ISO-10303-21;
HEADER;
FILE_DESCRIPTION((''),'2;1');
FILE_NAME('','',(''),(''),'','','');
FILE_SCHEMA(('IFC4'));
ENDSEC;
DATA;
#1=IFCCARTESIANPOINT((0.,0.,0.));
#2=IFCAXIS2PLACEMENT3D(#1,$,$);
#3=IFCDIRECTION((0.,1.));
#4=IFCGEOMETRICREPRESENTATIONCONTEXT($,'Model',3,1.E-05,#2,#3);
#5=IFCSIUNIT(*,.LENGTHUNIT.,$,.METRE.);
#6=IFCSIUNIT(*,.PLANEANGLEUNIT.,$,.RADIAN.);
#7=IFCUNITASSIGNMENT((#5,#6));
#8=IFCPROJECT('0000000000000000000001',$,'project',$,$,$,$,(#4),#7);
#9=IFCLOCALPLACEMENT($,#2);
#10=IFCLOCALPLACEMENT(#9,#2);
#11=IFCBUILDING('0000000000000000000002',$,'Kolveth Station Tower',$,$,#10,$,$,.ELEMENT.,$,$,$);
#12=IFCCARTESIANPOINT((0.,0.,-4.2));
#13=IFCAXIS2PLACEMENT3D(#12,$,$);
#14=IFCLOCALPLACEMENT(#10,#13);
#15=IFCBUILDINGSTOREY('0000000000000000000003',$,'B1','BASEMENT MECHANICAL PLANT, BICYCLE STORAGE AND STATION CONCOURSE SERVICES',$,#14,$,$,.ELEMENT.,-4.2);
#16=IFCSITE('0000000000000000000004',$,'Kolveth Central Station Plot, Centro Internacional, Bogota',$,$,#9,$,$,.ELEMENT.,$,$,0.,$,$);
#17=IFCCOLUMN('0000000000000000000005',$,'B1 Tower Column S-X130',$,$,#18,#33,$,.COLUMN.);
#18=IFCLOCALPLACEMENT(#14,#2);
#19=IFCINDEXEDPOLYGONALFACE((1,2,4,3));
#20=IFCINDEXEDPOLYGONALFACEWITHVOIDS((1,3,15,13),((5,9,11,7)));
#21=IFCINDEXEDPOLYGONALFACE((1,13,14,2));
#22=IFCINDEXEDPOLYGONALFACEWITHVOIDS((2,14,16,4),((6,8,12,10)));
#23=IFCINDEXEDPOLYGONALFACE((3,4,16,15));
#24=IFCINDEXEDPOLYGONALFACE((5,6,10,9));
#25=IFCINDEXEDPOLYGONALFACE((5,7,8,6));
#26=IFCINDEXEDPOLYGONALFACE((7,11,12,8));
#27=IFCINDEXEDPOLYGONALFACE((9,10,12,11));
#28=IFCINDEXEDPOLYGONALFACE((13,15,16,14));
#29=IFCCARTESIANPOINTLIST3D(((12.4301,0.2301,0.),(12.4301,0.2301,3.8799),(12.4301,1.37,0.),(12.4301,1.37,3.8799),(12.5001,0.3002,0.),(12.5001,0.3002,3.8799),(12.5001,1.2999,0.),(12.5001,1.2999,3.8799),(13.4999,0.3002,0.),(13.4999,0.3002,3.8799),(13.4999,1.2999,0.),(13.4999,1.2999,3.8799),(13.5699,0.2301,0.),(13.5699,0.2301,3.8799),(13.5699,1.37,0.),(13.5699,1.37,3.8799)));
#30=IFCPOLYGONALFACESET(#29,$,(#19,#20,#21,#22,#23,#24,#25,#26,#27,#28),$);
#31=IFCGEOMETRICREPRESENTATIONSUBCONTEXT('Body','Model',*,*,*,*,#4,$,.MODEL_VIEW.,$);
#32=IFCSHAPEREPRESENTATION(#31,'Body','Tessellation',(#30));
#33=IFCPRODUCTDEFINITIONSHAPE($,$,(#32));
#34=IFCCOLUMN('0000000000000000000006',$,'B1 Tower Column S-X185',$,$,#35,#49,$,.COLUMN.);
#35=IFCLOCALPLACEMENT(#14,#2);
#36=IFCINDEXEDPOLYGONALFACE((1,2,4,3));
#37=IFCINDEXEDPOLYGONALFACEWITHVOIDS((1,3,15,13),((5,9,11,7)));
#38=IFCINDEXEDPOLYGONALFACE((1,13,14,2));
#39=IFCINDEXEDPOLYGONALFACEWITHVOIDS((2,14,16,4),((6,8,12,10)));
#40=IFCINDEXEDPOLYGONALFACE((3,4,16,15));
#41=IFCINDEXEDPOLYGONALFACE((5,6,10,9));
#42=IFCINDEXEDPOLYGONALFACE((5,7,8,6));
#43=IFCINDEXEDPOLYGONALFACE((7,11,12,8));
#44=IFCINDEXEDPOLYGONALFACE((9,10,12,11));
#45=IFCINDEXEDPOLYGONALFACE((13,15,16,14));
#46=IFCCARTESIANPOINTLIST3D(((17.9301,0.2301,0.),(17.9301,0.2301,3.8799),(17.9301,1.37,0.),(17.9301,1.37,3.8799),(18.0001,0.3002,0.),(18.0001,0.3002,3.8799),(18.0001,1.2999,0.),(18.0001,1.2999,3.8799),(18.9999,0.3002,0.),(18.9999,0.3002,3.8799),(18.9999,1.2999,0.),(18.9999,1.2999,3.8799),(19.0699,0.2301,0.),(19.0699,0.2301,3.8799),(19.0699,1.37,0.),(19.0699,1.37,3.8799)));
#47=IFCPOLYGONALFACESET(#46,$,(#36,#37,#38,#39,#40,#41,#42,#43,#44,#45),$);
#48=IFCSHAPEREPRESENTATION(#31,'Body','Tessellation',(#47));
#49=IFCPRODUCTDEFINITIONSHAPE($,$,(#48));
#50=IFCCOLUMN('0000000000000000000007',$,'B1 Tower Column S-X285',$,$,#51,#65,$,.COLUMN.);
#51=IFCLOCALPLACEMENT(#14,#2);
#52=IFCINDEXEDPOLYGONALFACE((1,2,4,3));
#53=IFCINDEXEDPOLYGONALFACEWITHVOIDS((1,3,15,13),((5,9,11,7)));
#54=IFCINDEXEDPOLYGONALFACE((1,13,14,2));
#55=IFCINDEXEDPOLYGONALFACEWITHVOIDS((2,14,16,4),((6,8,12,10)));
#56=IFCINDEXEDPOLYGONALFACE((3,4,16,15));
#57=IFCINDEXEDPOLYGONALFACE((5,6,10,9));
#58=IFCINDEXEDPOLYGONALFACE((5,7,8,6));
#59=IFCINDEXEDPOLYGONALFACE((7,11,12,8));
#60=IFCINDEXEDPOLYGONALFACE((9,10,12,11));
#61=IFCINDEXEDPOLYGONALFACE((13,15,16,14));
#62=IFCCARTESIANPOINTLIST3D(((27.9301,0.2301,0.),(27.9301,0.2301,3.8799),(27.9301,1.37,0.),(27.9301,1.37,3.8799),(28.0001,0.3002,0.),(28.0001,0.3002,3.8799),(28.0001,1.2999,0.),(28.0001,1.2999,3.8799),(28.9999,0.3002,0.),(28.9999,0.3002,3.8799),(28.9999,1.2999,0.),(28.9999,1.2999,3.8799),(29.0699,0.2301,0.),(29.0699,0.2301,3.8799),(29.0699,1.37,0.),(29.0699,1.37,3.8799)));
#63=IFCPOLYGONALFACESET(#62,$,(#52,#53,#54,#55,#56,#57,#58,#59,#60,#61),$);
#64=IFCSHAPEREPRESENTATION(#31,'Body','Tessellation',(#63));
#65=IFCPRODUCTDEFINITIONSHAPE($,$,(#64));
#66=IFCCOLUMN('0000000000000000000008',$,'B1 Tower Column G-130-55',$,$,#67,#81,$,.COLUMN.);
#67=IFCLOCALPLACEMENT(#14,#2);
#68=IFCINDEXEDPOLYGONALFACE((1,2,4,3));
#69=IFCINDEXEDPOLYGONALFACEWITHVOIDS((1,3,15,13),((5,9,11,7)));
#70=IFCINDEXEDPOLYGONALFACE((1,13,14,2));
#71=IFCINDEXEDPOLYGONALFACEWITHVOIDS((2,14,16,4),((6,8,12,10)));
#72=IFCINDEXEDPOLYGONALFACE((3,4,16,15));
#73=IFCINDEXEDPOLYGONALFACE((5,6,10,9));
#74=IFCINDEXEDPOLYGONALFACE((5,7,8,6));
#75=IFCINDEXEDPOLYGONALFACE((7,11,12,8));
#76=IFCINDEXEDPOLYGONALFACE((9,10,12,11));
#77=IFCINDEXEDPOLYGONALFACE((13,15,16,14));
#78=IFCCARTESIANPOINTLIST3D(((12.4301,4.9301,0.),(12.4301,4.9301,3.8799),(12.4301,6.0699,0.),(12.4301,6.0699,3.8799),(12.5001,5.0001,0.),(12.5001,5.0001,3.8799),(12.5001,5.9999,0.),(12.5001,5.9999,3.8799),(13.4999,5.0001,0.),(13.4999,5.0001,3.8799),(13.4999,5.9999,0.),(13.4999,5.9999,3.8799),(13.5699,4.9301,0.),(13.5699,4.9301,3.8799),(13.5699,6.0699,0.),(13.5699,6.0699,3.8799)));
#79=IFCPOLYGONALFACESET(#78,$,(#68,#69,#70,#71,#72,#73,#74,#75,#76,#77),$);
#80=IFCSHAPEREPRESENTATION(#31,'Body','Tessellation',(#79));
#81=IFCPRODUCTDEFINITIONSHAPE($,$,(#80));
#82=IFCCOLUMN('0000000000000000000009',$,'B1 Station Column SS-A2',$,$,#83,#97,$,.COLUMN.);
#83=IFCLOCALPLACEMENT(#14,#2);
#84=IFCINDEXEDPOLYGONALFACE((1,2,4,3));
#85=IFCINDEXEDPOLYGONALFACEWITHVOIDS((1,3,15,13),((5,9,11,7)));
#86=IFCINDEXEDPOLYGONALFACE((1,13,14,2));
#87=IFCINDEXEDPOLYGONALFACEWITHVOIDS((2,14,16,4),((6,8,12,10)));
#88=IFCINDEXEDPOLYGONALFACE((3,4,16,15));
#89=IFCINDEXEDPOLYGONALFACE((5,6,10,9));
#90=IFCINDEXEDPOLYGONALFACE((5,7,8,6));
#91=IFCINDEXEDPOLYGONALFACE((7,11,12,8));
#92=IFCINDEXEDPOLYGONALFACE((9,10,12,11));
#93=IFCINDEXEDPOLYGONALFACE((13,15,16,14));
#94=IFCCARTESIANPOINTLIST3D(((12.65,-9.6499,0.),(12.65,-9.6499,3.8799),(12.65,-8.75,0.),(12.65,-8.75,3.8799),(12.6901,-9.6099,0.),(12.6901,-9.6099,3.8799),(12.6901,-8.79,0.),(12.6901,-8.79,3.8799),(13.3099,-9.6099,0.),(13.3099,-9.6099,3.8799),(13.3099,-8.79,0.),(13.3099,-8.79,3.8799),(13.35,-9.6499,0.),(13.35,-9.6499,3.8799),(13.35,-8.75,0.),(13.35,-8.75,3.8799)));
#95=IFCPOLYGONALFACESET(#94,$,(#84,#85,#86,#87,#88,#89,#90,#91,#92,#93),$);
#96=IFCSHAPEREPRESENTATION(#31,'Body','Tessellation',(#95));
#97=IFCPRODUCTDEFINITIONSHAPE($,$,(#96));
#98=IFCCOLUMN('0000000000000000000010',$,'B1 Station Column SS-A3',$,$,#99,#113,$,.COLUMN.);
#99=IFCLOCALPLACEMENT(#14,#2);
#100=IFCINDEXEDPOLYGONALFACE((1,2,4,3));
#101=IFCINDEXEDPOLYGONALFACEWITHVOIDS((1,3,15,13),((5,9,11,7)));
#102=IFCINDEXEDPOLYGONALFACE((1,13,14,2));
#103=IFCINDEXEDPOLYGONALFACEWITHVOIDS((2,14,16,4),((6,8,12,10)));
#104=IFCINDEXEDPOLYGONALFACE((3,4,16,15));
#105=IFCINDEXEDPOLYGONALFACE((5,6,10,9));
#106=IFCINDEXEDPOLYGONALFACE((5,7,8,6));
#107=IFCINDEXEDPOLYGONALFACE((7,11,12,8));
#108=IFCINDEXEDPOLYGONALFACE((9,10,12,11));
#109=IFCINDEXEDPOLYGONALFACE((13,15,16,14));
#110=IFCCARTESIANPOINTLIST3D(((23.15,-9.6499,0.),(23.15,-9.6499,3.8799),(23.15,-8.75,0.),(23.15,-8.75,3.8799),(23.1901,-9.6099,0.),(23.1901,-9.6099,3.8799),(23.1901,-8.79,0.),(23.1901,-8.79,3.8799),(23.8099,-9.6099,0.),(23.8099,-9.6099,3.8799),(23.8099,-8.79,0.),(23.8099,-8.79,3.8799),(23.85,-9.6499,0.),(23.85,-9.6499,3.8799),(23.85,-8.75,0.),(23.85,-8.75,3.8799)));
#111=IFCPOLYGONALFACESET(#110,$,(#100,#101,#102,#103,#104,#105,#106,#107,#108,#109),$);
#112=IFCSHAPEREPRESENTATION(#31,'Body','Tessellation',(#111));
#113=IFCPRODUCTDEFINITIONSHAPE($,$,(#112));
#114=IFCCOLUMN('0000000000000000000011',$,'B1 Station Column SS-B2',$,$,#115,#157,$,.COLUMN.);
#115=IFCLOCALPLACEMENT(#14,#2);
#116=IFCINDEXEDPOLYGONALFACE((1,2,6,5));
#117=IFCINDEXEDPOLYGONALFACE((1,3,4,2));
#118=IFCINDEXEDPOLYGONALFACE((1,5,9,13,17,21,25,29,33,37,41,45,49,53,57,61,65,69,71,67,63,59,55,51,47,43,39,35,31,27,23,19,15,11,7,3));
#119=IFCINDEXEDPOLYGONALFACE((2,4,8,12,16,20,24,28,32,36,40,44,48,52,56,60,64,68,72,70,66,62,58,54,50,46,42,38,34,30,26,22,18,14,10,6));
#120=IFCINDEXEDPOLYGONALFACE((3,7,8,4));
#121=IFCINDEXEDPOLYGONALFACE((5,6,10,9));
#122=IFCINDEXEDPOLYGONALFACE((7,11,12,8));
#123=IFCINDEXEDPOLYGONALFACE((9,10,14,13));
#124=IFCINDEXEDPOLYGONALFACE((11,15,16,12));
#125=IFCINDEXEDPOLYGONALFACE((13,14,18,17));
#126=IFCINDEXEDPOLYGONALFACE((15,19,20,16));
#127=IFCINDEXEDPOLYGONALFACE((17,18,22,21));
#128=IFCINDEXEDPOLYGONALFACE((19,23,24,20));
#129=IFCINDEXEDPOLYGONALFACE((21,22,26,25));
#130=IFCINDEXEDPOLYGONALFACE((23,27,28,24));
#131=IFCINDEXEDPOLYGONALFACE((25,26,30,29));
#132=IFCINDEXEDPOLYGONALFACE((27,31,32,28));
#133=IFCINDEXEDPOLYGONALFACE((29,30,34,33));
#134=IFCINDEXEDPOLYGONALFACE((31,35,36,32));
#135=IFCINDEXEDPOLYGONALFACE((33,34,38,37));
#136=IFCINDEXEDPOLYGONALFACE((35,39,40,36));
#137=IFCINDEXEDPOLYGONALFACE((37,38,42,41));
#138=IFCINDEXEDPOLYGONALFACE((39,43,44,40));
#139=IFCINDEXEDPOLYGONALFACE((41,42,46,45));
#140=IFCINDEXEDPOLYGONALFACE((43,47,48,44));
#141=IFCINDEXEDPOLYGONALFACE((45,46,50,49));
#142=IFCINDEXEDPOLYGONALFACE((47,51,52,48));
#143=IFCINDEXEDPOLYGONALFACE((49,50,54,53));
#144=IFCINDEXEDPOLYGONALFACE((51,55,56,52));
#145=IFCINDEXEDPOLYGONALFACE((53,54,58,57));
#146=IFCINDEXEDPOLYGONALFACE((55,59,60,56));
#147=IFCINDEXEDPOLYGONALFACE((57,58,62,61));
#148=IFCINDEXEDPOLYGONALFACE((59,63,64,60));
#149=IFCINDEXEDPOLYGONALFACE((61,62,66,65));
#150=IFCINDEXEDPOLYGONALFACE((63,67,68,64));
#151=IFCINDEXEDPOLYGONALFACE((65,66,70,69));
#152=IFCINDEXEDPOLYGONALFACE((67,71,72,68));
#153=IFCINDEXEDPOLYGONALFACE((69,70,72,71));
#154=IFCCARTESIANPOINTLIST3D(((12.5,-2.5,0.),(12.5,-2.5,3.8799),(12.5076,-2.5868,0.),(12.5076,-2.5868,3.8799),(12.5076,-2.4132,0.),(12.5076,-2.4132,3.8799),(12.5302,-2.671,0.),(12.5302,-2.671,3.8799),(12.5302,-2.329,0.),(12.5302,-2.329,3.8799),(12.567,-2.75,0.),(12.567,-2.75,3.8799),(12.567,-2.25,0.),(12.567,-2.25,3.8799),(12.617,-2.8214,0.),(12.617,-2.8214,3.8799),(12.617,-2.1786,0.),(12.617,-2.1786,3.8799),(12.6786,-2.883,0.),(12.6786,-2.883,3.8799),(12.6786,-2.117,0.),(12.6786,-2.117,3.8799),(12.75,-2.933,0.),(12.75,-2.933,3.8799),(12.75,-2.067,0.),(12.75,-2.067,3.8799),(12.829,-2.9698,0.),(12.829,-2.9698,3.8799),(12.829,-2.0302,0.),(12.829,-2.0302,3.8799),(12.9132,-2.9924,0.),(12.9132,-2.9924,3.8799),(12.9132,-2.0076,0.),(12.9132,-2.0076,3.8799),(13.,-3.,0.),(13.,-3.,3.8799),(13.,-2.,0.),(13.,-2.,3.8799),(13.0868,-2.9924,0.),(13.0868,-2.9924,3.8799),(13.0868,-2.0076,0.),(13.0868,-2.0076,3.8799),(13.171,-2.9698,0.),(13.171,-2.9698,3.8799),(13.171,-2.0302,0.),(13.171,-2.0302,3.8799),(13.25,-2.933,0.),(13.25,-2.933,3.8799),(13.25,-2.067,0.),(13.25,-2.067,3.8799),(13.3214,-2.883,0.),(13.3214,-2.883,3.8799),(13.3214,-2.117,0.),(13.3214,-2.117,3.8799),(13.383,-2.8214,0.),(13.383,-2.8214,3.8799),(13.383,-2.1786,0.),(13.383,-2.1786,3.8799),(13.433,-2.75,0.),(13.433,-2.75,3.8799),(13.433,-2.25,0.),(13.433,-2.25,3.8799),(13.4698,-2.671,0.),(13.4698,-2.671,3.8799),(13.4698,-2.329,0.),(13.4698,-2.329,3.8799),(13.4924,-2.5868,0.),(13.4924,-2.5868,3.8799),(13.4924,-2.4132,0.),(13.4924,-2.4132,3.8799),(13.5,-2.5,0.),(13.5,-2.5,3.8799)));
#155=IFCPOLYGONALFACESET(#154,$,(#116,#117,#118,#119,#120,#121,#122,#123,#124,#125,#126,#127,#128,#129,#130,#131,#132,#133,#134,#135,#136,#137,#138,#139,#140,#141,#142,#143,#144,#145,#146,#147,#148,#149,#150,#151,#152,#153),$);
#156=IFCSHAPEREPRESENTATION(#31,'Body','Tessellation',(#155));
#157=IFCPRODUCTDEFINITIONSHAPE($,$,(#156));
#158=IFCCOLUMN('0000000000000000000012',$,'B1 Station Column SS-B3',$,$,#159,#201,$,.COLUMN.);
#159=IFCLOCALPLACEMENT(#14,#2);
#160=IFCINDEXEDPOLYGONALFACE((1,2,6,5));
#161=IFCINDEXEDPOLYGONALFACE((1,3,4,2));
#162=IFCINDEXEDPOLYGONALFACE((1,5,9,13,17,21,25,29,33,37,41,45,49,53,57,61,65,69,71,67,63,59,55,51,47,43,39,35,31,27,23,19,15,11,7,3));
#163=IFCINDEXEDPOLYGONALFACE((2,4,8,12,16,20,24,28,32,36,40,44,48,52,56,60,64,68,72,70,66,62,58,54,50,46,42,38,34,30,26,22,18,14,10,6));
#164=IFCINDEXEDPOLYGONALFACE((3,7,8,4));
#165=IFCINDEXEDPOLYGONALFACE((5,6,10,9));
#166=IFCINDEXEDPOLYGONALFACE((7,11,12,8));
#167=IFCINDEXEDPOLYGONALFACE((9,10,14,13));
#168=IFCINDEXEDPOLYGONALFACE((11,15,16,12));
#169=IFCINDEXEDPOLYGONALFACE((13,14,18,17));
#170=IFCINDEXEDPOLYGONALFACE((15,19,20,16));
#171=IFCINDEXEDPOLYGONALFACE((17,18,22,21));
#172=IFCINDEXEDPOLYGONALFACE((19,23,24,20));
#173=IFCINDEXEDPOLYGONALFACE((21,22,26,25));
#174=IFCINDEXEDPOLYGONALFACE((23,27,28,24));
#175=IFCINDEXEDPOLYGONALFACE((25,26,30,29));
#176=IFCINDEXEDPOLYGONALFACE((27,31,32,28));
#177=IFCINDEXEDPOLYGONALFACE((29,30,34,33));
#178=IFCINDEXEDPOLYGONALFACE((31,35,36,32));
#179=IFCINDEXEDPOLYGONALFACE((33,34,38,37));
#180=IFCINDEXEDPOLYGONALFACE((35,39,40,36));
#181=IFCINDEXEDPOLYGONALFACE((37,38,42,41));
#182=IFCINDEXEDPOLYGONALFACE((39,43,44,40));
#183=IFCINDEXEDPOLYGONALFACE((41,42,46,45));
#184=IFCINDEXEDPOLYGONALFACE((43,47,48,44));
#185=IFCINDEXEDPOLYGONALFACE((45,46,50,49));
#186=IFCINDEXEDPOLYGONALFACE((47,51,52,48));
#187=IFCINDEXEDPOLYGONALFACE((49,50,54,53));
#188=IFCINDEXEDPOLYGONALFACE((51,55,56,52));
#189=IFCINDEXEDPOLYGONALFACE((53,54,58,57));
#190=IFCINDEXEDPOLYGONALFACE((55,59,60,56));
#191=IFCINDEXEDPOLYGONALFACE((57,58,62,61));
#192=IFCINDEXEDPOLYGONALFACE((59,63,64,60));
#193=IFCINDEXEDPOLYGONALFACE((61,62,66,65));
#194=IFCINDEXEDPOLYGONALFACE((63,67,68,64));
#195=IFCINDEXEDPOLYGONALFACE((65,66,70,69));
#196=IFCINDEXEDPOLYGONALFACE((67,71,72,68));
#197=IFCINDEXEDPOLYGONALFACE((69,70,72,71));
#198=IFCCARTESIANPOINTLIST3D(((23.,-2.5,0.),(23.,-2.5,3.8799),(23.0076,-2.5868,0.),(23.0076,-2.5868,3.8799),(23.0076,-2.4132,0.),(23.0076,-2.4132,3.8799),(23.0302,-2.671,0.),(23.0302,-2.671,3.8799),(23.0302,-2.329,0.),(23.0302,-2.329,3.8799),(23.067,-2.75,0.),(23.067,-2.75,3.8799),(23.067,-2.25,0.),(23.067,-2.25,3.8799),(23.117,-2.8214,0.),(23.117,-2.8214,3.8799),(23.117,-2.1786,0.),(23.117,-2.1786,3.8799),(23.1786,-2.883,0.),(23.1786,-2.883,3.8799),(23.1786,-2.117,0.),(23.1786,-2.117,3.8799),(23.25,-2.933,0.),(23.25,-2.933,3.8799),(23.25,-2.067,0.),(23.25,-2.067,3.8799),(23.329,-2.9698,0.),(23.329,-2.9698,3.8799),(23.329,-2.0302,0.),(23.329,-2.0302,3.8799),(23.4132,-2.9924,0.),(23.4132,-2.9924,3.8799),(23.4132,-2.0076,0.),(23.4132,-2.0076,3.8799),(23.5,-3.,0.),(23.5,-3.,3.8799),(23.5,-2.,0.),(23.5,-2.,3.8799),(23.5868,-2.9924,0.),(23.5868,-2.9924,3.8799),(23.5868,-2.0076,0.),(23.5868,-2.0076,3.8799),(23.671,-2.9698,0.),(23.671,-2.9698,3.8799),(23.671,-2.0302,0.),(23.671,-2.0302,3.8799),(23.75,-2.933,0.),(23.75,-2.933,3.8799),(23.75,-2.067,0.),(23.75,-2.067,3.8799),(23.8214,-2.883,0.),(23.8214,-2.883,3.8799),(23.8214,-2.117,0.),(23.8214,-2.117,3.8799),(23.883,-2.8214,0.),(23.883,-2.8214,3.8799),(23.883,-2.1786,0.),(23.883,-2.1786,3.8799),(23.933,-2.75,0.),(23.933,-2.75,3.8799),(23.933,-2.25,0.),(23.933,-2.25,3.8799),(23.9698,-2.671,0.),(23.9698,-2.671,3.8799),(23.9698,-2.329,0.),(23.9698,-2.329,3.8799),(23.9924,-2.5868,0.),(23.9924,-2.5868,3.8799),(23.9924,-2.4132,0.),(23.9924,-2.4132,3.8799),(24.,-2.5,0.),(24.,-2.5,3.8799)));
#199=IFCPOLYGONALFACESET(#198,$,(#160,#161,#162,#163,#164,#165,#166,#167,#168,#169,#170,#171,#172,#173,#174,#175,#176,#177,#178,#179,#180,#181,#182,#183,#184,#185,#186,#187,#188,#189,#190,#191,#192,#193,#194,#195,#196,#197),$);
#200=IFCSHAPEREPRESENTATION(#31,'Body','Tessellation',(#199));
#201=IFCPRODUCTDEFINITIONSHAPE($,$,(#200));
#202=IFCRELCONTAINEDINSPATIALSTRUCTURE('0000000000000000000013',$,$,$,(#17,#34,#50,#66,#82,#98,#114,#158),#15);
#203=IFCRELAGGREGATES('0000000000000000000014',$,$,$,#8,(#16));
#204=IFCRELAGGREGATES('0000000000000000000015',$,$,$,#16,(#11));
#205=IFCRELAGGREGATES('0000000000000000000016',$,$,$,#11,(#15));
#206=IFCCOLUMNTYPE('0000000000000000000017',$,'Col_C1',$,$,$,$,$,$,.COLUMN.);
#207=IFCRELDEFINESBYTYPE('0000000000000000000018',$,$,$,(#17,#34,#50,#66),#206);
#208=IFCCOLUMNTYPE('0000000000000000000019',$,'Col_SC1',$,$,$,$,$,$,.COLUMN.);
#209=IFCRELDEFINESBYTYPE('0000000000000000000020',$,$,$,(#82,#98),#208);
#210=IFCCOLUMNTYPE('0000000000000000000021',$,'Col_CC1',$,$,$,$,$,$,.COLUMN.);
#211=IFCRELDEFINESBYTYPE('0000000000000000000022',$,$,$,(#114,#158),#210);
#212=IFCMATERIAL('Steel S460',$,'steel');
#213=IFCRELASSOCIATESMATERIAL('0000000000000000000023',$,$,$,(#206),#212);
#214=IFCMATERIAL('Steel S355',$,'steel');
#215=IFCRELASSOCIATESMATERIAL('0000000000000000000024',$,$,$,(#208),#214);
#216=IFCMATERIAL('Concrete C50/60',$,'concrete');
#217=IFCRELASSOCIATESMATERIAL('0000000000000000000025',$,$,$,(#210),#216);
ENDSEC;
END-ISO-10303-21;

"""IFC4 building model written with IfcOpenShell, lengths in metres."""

from ifc_helpers import new_model, si_unit, direction, frame, origin, origin_2d, place, context, subcontext, project, spatial, hollow_rectangle, circle, extrude, source, transform, mapped, material, material_profile, profile_set, type_object, element, save


model = new_model("IFC4")

# Units and contexts
model_context = context("Model", 3, precision=1e-05, world=origin(), true_north=direction((0.0, 1.0)))
body_context = subcontext(model_context, "Body", "Model", "MODEL_VIEW")
ifc_project = project(units=[si_unit("LENGTHUNIT", "METRE"), si_unit("PLANEANGLEUNIT", "RADIAN")], contexts=[model_context])

# Site, building, storey
site_placement = place(None, origin())
site = spatial("IfcSite", under=ifc_project, at=site_placement, Name="Kolveth Central Station Plot, Centro Internacional, Bogota", CompositionType="ELEMENT", RefElevation=0.0)
building_placement = place(site_placement, origin())
building = spatial("IfcBuilding", under=site, at=building_placement, Name="Kolveth Station Tower", CompositionType="ELEMENT")
storey_placement = place(building_placement, frame((0.0, 0.0, -4.2)))
storey = spatial("IfcBuildingStorey", under=building, at=storey_placement, Name="B1", Description="BASEMENT MECHANICAL PLANT, BICYCLE STORAGE AND STATION CONCOURSE SERVICES", CompositionType="ELEMENT", Elevation=-4.2)

# Columns
ifc_material_1 = material(Name="Steel S460", Category="steel")
ifc_material_profile_1 = material_profile(ifc_material_1, hollow_rectangle(XDim=1.1399, YDim=1.1399, WallThickness=0.0701, at=origin_2d()), Name="BOX1140x1140x70")
ifc_profile_set_1 = profile_set([ifc_material_profile_1], Name="Steel S460")
column_type_1 = type_object("IfcColumnType", Name="Col_C1", PredefinedType="COLUMN", material=ifc_profile_set_1)
shared_shape_1 = source(origin(), body_context, "Body", "SweptSolid", [
    extrude(hollow_rectangle(XDim=1.1399, YDim=1.1399, WallThickness=0.0701, at=origin_2d()), origin(), (0.0, 0.0, 1.0), 3.8799),
])
for number, where, z_axis, x_axis, name in (
    (1, (13.0, 0.8, 0.0), (0.0, 0.0, 1.0), (1.0, 0.0, 0.0), "B1 Tower Column S-X130"),
    (2, (18.5, 0.8, 0.0), (0.0, 0.0, 1.0), (1.0, 0.0, 0.0), "B1 Tower Column S-X185"),
    (3, (28.5, 0.8, 0.0), (0.0, 0.0, 1.0), (1.0, 0.0, 0.0), "B1 Tower Column S-X285"),
    (4, (13.0, 5.5, 0.0), (0.0, 0.0, 1.0), (1.0, 0.0, 0.0), "B1 Tower Column G-130-55"),
):
    element("IfcColumn", number, at=place(storey_placement, frame(where, z_axis=z_axis, x_axis=x_axis)), inside=storey, type_object=column_type_1, Name=name, PredefinedType="COLUMN", context=body_context, shape_type="MappedRepresentation", body=[
        mapped(shared_shape_1, transform((0.0, 0.0, 0.0), x_axis=(1.0, 0.0, 0.0), y_axis=(0.0, 1.0, 0.0), z_axis=(0.0, 0.0, 1.0), scale=1.0)),
    ])
ifc_material_2 = material(Name="Steel S355", Category="steel")
ifc_material_profile_2 = material_profile(ifc_material_2, hollow_rectangle(XDim=0.7, YDim=0.8999, WallThickness=0.04, at=origin_2d()), Name="BOX900x700x40")
ifc_profile_set_2 = profile_set([ifc_material_profile_2], Name="Steel S355")
column_type_2 = type_object("IfcColumnType", Name="Col_SC1", PredefinedType="COLUMN", material=ifc_profile_set_2)
shared_shape_2 = source(origin(), body_context, "Body", "SweptSolid", [
    extrude(hollow_rectangle(XDim=0.7, YDim=0.8999, WallThickness=0.04, at=origin_2d()), origin(), (0.0, 0.0, 1.0), 3.8799),
])
for number, where, z_axis, x_axis, name in (
    (5, (13.0, -9.2, 0.0), (0.0, 0.0, 1.0), (1.0, 0.0, 0.0), "B1 Station Column SS-A2"),
    (6, (23.5, -9.2, 0.0), (0.0, 0.0, 1.0), (1.0, 0.0, 0.0), "B1 Station Column SS-A3"),
):
    element("IfcColumn", number, at=place(storey_placement, frame(where, z_axis=z_axis, x_axis=x_axis)), inside=storey, type_object=column_type_2, Name=name, PredefinedType="COLUMN", context=body_context, shape_type="MappedRepresentation", body=[
        mapped(shared_shape_2, transform((0.0, 0.0, 0.0), x_axis=(1.0, 0.0, 0.0), y_axis=(0.0, 1.0, 0.0), z_axis=(0.0, 0.0, 1.0), scale=1.0)),
    ])
ifc_material_3 = material(Name="Concrete C50/60", Category="concrete")
ifc_material_profile_3 = material_profile(ifc_material_3, circle(Radius=0.5, at=origin_2d()), Name="RC-D1000")
ifc_profile_set_3 = profile_set([ifc_material_profile_3], Name="Concrete C50/60")
column_type_3 = type_object("IfcColumnType", Name="Col_CC1", PredefinedType="COLUMN", material=ifc_profile_set_3)
shared_shape_3 = source(origin(), body_context, "Body", "SweptSolid", [
    extrude(circle(Radius=0.5, at=origin_2d()), origin(), (0.0, 0.0, 1.0), 3.8799),
])
for number, where, z_axis, x_axis, name in (
    (7, (13.0, -2.5, 0.0), (0.0, 0.0, 1.0), (1.0, 0.0, 0.0), "B1 Station Column SS-B2"),
    (8, (23.5, -2.5, 0.0), (0.0, 0.0, 1.0), (1.0, 0.0, 0.0), "B1 Station Column SS-B3"),
):
    element("IfcColumn", number, at=place(storey_placement, frame(where, z_axis=z_axis, x_axis=x_axis)), inside=storey, type_object=column_type_3, Name=name, PredefinedType="COLUMN", context=body_context, shape_type="MappedRepresentation", body=[
        mapped(shared_shape_3, transform((0.0, 0.0, 0.0), x_axis=(1.0, 0.0, 0.0), y_axis=(0.0, 1.0, 0.0), z_axis=(0.0, 0.0, 1.0), scale=1.0)),
    ])

save(model, "model.ifc")
